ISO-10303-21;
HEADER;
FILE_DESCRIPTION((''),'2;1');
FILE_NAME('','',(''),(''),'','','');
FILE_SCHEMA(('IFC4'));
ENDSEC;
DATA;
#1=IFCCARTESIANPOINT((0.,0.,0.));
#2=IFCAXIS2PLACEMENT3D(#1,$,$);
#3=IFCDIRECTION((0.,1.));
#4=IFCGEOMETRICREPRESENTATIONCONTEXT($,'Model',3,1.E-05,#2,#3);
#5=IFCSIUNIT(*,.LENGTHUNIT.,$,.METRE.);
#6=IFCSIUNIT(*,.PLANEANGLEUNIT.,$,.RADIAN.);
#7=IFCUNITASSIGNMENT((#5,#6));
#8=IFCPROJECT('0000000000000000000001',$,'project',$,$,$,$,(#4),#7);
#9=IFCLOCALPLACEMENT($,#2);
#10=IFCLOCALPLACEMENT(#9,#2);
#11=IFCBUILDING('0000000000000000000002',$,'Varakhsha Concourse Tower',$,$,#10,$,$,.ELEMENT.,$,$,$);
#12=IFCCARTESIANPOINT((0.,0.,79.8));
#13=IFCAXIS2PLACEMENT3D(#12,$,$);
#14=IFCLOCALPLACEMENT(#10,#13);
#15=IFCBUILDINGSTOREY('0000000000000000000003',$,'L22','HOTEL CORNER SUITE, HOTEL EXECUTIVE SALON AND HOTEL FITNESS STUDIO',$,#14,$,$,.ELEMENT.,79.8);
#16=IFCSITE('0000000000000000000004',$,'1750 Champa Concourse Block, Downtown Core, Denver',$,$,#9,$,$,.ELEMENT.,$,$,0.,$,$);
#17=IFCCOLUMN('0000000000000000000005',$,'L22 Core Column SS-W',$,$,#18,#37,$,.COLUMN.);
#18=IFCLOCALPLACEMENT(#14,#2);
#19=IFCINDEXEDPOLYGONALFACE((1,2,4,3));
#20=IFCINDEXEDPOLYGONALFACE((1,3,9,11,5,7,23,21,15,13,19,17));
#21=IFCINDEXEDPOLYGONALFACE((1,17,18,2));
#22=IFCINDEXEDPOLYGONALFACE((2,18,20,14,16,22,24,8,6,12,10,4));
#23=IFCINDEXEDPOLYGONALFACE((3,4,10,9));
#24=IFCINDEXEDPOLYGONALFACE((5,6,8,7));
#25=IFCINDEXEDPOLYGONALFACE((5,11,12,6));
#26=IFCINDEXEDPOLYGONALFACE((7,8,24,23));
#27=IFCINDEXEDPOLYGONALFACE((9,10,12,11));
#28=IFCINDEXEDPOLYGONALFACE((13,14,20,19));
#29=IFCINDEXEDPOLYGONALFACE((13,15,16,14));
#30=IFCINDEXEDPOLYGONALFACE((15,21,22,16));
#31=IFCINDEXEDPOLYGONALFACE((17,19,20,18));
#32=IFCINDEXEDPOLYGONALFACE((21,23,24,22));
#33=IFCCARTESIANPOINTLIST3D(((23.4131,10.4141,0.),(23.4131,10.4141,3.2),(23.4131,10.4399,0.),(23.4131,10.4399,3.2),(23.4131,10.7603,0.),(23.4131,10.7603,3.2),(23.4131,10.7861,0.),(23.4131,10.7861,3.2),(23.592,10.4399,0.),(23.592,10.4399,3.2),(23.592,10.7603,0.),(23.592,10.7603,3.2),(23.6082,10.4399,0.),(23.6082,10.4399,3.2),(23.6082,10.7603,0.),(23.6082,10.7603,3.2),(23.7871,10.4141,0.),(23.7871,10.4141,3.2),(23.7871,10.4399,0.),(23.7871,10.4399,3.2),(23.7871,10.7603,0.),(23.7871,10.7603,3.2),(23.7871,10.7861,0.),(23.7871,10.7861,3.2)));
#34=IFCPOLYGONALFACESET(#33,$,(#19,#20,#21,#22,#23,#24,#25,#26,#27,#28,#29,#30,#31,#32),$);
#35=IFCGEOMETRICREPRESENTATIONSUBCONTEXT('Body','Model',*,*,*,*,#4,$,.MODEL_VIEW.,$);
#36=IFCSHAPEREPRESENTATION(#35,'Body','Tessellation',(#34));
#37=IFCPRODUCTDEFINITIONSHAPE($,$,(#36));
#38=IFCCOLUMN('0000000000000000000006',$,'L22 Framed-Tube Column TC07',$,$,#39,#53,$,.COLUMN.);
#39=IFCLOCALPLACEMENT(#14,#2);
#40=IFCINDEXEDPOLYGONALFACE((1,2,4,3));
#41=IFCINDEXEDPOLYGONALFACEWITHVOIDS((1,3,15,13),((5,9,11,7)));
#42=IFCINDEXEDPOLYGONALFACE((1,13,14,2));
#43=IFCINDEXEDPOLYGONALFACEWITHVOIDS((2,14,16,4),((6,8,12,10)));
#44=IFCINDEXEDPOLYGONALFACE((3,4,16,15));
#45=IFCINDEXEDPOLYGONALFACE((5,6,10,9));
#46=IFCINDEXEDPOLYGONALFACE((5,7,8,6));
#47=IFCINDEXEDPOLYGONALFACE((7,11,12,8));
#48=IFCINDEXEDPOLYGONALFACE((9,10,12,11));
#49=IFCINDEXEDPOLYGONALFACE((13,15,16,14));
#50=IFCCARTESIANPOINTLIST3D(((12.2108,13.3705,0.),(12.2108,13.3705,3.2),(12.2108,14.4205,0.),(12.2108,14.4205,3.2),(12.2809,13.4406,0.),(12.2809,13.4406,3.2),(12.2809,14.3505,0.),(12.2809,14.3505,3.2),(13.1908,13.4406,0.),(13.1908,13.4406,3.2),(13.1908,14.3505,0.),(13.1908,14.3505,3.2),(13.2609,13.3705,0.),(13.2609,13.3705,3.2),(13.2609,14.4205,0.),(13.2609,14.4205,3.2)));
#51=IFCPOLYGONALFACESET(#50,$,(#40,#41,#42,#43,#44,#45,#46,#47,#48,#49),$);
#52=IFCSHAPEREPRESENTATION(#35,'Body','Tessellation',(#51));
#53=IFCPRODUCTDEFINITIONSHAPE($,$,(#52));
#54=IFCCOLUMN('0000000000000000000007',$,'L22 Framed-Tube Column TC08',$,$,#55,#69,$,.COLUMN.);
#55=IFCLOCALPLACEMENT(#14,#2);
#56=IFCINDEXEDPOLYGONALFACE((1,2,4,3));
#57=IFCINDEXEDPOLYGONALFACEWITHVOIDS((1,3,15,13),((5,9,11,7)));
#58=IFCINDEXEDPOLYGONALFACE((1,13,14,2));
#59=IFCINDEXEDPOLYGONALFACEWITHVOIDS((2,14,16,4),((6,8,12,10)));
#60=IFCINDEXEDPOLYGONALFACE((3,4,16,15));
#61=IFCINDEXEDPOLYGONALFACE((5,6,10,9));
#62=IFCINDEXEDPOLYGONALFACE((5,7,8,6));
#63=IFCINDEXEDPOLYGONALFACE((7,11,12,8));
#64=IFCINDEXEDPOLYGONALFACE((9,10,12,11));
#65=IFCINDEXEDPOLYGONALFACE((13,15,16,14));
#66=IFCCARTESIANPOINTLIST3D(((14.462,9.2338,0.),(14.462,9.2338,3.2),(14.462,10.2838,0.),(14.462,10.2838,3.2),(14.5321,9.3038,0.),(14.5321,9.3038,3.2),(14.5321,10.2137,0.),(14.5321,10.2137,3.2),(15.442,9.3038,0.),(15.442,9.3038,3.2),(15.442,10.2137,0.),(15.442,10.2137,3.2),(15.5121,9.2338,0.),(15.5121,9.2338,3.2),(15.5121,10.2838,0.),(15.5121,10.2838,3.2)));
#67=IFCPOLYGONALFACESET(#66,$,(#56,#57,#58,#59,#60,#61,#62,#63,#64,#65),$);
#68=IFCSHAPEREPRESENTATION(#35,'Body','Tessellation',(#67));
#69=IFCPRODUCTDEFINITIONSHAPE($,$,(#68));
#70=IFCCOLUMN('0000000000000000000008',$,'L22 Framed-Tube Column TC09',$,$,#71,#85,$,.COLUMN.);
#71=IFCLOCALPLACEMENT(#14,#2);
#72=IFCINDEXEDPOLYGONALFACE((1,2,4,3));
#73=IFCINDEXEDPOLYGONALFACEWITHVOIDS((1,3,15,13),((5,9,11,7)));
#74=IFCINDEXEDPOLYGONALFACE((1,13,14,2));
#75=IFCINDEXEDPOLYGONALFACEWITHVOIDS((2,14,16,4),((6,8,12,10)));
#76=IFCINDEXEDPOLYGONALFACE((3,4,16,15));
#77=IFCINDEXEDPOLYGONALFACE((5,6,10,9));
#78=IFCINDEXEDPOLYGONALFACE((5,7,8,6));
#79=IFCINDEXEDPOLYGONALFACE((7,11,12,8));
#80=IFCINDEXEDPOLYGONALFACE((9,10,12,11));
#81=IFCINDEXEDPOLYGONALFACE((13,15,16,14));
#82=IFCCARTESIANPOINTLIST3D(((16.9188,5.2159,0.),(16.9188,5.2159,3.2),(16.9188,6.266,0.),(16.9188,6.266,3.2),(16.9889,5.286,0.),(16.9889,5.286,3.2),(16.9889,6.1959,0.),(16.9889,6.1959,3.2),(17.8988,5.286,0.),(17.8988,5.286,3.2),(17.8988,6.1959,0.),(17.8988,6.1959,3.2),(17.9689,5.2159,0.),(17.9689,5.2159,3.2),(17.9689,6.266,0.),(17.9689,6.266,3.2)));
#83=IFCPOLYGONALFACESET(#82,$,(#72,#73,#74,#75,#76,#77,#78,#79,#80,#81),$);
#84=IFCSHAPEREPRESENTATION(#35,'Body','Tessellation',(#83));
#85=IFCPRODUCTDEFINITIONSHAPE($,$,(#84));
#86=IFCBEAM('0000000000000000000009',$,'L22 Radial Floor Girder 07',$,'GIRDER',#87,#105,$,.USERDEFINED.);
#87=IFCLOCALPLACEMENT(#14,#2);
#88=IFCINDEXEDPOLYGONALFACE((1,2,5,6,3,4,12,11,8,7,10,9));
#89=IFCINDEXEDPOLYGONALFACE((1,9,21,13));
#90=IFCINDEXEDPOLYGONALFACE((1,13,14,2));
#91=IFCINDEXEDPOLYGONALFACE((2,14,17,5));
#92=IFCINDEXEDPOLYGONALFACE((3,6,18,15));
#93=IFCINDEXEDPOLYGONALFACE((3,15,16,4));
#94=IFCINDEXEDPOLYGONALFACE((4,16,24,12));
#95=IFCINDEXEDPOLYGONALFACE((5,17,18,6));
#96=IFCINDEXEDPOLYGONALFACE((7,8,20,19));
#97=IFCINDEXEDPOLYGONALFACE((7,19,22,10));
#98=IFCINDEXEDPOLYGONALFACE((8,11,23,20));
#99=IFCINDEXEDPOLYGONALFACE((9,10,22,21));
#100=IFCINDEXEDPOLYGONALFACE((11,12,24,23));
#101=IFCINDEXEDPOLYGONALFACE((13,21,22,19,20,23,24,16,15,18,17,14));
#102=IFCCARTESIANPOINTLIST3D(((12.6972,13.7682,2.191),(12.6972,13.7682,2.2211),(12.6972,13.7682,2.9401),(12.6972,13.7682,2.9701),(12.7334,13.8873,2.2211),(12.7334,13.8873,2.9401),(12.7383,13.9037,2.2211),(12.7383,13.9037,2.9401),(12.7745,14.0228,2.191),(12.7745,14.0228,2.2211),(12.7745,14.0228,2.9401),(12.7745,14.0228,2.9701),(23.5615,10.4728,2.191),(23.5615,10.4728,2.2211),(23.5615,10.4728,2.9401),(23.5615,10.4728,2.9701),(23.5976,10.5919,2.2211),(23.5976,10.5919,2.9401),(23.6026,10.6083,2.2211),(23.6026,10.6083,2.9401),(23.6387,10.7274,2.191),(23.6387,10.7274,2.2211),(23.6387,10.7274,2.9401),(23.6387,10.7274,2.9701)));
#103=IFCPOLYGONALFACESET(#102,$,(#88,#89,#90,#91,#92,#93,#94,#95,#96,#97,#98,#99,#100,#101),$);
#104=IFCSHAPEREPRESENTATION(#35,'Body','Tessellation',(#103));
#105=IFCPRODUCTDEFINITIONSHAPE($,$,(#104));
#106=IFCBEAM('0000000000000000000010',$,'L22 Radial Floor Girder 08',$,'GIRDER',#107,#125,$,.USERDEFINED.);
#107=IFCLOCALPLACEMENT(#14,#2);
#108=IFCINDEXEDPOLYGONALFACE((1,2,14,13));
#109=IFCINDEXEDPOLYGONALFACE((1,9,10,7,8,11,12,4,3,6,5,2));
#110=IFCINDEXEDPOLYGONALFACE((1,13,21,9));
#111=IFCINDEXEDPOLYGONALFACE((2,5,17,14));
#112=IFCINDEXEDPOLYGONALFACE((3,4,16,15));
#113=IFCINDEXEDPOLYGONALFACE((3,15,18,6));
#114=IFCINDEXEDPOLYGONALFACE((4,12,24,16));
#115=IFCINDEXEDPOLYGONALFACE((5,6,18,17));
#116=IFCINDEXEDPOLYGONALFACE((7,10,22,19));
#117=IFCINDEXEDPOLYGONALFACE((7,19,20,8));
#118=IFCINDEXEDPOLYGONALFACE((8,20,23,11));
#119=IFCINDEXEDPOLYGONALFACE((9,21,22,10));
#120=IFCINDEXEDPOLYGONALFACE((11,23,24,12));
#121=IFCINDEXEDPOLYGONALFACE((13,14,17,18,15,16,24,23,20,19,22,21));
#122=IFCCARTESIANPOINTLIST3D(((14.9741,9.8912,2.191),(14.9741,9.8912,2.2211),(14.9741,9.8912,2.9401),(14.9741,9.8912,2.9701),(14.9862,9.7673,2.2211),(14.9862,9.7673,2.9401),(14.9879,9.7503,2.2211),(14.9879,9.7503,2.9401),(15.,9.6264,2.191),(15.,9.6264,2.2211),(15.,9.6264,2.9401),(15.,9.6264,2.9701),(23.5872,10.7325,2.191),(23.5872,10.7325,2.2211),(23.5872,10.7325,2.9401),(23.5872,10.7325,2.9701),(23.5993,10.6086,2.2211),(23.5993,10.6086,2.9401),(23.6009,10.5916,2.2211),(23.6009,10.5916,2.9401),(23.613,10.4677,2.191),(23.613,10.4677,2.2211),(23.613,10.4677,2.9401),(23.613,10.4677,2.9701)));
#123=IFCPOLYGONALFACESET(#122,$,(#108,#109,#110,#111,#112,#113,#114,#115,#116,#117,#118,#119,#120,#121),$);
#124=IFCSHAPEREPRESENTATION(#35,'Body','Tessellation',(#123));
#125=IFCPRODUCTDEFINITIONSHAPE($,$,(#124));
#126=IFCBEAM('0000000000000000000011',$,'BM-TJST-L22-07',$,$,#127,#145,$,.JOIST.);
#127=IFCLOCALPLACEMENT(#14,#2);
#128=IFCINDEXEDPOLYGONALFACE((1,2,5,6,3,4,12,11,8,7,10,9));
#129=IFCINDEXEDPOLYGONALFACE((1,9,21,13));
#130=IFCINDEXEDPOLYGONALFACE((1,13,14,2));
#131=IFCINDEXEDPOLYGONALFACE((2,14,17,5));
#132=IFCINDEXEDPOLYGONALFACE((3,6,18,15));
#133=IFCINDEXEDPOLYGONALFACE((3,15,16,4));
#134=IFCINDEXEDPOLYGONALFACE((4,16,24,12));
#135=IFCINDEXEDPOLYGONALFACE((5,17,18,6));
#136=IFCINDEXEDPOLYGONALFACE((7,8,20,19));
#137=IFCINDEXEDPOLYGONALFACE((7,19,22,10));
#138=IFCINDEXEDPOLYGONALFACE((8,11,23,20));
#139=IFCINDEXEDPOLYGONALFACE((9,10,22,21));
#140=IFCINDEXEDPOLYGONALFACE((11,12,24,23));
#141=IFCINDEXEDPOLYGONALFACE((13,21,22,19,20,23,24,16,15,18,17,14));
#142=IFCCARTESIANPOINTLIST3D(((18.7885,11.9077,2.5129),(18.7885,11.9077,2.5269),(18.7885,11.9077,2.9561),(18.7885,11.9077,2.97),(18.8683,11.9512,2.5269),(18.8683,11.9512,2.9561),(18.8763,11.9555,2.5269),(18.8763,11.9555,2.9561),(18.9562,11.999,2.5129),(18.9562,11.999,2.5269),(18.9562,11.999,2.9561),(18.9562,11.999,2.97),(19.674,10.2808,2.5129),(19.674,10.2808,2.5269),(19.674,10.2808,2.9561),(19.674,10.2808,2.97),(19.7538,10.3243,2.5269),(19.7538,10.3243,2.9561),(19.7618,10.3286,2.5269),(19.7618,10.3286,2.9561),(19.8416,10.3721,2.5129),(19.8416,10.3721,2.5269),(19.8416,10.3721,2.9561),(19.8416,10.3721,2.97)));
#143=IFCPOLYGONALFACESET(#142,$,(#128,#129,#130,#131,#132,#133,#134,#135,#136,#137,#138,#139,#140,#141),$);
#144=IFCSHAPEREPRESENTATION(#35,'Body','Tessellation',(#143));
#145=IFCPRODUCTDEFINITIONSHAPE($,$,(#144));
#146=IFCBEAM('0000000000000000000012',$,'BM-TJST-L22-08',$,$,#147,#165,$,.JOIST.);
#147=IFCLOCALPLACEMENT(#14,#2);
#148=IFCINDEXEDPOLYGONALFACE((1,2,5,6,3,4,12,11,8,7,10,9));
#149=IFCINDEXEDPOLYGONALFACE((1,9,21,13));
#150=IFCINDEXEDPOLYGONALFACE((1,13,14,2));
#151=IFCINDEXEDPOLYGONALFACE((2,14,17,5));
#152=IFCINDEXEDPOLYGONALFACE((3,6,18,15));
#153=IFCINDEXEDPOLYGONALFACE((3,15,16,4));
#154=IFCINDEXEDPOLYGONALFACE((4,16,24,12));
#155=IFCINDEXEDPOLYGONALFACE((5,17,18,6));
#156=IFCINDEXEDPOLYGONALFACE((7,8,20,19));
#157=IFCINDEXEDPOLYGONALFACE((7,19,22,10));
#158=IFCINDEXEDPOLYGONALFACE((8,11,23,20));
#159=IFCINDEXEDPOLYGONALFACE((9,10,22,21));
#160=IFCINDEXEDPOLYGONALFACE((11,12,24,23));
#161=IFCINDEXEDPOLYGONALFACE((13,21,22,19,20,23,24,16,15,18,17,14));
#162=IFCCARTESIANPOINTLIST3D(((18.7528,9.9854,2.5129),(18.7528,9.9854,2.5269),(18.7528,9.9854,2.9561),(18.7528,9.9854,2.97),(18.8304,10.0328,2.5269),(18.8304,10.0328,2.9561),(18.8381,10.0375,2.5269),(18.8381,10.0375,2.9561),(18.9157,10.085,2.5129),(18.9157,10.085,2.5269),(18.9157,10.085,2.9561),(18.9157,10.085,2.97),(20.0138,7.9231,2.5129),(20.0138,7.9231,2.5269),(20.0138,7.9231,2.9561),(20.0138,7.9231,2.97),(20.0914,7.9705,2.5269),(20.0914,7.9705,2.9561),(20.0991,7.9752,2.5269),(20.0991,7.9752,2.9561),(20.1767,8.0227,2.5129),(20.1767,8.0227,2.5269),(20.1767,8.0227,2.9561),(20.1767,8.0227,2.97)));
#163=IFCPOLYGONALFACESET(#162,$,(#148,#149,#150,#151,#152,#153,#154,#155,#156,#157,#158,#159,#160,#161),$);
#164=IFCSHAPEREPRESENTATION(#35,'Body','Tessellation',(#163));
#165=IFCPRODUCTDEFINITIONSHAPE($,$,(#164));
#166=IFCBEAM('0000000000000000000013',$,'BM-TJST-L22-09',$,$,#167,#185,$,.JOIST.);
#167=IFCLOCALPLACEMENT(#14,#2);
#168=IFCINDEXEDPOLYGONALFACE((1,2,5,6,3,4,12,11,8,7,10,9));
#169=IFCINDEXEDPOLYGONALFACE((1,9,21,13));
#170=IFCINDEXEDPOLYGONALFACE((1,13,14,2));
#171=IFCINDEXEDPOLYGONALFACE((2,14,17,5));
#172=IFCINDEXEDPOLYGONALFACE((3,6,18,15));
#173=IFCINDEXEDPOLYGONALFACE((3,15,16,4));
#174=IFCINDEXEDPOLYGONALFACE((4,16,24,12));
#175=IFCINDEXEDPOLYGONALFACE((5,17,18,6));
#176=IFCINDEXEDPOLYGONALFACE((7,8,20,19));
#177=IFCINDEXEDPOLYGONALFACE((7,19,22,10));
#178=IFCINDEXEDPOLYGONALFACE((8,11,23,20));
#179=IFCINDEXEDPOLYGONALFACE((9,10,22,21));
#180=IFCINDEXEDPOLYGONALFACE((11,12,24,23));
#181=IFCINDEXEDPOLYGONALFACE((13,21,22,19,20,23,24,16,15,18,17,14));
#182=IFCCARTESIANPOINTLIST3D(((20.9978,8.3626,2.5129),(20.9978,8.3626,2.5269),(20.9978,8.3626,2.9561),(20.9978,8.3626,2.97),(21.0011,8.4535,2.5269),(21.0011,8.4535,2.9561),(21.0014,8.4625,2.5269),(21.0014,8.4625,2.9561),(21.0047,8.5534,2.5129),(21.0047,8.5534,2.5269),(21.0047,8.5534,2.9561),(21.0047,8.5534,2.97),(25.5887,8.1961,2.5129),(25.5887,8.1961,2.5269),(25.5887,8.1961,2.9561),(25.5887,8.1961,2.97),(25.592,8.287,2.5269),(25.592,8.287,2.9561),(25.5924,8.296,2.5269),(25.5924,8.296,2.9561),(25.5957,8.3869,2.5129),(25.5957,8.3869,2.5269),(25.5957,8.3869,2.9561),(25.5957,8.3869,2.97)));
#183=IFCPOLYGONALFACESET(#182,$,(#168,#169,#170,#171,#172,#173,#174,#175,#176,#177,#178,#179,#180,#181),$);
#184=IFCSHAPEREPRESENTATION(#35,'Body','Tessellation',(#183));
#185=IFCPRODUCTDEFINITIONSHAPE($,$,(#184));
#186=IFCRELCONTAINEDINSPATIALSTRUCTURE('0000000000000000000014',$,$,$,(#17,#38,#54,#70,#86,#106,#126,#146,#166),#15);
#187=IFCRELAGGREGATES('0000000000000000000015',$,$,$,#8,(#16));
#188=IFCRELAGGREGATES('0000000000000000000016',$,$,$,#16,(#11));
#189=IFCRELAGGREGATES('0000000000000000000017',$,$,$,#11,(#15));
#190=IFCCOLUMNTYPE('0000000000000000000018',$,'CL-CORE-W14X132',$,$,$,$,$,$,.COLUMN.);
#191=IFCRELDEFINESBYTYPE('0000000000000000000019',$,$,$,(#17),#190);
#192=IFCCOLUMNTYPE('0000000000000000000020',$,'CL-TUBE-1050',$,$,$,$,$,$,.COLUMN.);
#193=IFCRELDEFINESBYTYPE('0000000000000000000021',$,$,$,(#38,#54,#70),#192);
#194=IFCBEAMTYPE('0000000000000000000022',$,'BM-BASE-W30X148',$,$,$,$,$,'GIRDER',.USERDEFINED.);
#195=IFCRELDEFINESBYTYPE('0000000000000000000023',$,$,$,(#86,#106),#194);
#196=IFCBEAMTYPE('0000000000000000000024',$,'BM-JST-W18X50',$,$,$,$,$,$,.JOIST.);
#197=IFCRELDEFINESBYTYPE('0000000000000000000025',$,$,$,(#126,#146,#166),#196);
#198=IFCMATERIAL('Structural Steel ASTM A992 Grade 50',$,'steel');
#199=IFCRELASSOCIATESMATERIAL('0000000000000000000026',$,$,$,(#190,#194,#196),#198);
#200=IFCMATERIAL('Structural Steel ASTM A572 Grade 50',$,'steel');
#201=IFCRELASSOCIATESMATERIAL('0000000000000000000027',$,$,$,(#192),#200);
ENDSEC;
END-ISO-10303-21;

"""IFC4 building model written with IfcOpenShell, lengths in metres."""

from ifc_helpers import new_model, si_unit, direction, frame, origin, origin_2d, place, context, subcontext, project, spatial, hollow_rectangle, i_section, extrude, material, material_profile, profile_set, type_object, element, save


model = new_model("IFC4")

# Units and contexts
model_context = context("Model", 3, precision=1e-05, world=origin(), true_north=direction((0.0, 1.0)))
body_context = subcontext(model_context, "Body", "Model", "MODEL_VIEW")
ifc_project = project(units=[si_unit("LENGTHUNIT", "METRE"), si_unit("PLANEANGLEUNIT", "RADIAN")], contexts=[model_context])

# Site, building, storey
site_placement = place(None, origin())
site = spatial("IfcSite", under=ifc_project, at=site_placement, Name="1750 Champa Concourse Block, Downtown Core, Denver", CompositionType="ELEMENT", RefElevation=0.0)
building_placement = place(site_placement, origin())
building = spatial("IfcBuilding", under=site, at=building_placement, Name="Varakhsha Concourse Tower", CompositionType="ELEMENT")
storey_placement = place(building_placement, frame((0.0, 0.0, 79.8)))
storey = spatial("IfcBuildingStorey", under=building, at=storey_placement, Name="L22", Description="HOTEL CORNER SUITE, HOTEL EXECUTIVE SALON AND HOTEL FITNESS STUDIO", CompositionType="ELEMENT", Elevation=79.8)

# Columns
ifc_material_1 = material(Name="Structural Steel ASTM A992 Grade 50", Category="steel")
ifc_material_profile_1 = material_profile(ifc_material_1, i_section(OverallWidth=0.374, OverallDepth=0.3721, WebThickness=0.0161, FlangeThickness=0.0259, at=origin_2d()), Name="W14X132")
ifc_profile_set_1 = profile_set([ifc_material_profile_1], Name="Structural Steel ASTM A992 Grade 50")
column_type_1 = type_object("IfcColumnType", Name="CL-CORE-W14X132", PredefinedType="COLUMN", material=ifc_profile_set_1)
column_placement = place(storey_placement, frame((23.6001, 10.6001, 0.0), z_axis=(0.0, 0.0, 1.0), x_axis=(1.0, 0.0, 0.0)))
element("IfcColumn", 1, at=column_placement, inside=storey, type_object=column_type_1, Name="L22 Core Column SS-W", PredefinedType="COLUMN", context=body_context, shape_type="SweptSolid", body=[
    extrude(i_section(OverallWidth=0.374, OverallDepth=0.3721, WebThickness=0.0161, FlangeThickness=0.0259, at=origin_2d()), origin(), (0.0, 0.0, 1.0), 3.2),
])
ifc_material_2 = material(Name="Structural Steel ASTM A572 Grade 50", Category="steel")
ifc_material_profile_2 = material_profile(ifc_material_2, hollow_rectangle(XDim=1.05, YDim=1.05, WallThickness=0.0701, at=origin_2d()), Name="BOX 1050x1050x70")
ifc_profile_set_2 = profile_set([ifc_material_profile_2], Name="Structural Steel ASTM A572 Grade 50")
column_type_2 = type_object("IfcColumnType", Name="CL-TUBE-1050", PredefinedType="COLUMN", material=ifc_profile_set_2)
for number, where, z_axis, x_axis, name in (
    (2, (12.7358, 13.8955, 0.0), (0.0, 0.0, 1.0), (1.0, 0.0, 0.0), "L22 Framed-Tube Column TC07"),
    (3, (14.9871, 9.7588, 0.0), (0.0, 0.0, 1.0), (1.0, 0.0, 0.0), "L22 Framed-Tube Column TC08"),
    (4, (17.4438, 5.741, 0.0), (0.0, 0.0, 1.0), (1.0, 0.0, 0.0), "L22 Framed-Tube Column TC09"),
):
    element("IfcColumn", number, at=place(storey_placement, frame(where, z_axis=z_axis, x_axis=x_axis)), inside=storey, type_object=column_type_2, Name=name, PredefinedType="COLUMN", context=body_context, shape_type="SweptSolid", body=[
        extrude(hollow_rectangle(XDim=1.05, YDim=1.05, WallThickness=0.0701, at=origin_2d()), origin(), (0.0, 0.0, 1.0), 3.2),
    ])

# Beams
ifc_material_profile_3 = material_profile(ifc_material_1, i_section(OverallWidth=0.2661, OverallDepth=0.7791, WebThickness=0.0171, FlangeThickness=0.03, at=origin_2d()), Name="W30X148")
ifc_profile_set_3 = profile_set([ifc_material_profile_3], Name="Structural Steel ASTM A992 Grade 50")
beam_type_1 = type_object("IfcBeamType", Name="BM-BASE-W30X148", ElementType="GIRDER", PredefinedType="USERDEFINED", material=ifc_profile_set_3)
beam_1_placement = place(storey_placement, frame((23.6001, 10.6001, 2.5806), z_axis=(-0.956946, 0.290266, 0.0), x_axis=(-0.290266, -0.956946, 0.0)))
element("IfcBeam", 5, at=beam_1_placement, inside=storey, type_object=beam_type_1, Name="L22 Radial Floor Girder 07", ObjectType="GIRDER", PredefinedType="USERDEFINED", context=body_context, shape_type="SweptSolid", body=[
    extrude(i_section(OverallWidth=0.2661, OverallDepth=0.7791, WebThickness=0.0171, FlangeThickness=0.03, at=origin_2d()), origin(), (0.0, 0.0, 1.0), 11.353),
])
beam_2_placement = place(storey_placement, frame((23.6001, 10.6001, 2.5806), z_axis=(-0.995263, -0.097216, 0.0), x_axis=(0.097216, -0.995263, 0.0)))
element("IfcBeam", 6, at=beam_2_placement, inside=storey, type_object=beam_type_1, Name="L22 Radial Floor Girder 08", ObjectType="GIRDER", PredefinedType="USERDEFINED", context=body_context, shape_type="SweptSolid", body=[
    extrude(i_section(OverallWidth=0.2661, OverallDepth=0.7791, WebThickness=0.0171, FlangeThickness=0.03, at=origin_2d()), origin(), (0.0, 0.0, 1.0), 8.6541),
])
ifc_material_profile_4 = material_profile(ifc_material_1, i_section(OverallWidth=0.1909, OverallDepth=0.457, WebThickness=0.009, FlangeThickness=0.0139, at=origin_2d()), Name="W18X50")
ifc_profile_set_4 = profile_set([ifc_material_profile_4], Name="Structural Steel ASTM A992 Grade 50")
beam_type_2 = type_object("IfcBeamType", Name="BM-JST-W18X50", PredefinedType="JOIST", material=ifc_profile_set_4)
beam_3_placement = place(storey_placement, frame((18.8723, 11.9534, 2.7415), z_axis=(0.478049, -0.878333, 0.0), x_axis=(0.878333, 0.478049, 0.0)))
element("IfcBeam", 7, at=beam_3_placement, inside=storey, type_object=beam_type_2, Name="BM-TJST-L22-07", PredefinedType="JOIST", context=body_context, shape_type="SweptSolid", body=[
    extrude(i_section(OverallWidth=0.1909, OverallDepth=0.457, WebThickness=0.009, FlangeThickness=0.0139, at=origin_2d()), origin(), (0.0, 0.0, 1.0), 1.8523),
])
beam_4_placement = place(storey_placement, frame((18.8342, 10.0352, 2.7415), z_axis=(0.521667, -0.853149, 0.0), x_axis=(0.853149, 0.521667, 0.0)))
element("IfcBeam", 8, at=beam_4_placement, inside=storey, type_object=beam_type_2, Name="BM-TJST-L22-08", PredefinedType="JOIST", context=body_context, shape_type="SweptSolid", body=[
    extrude(i_section(OverallWidth=0.1909, OverallDepth=0.457, WebThickness=0.009, FlangeThickness=0.0139, at=origin_2d()), origin(), (0.0, 0.0, 1.0), 2.4172),
])
beam_5_placement = place(storey_placement, frame((21.0012, 8.458, 2.7415), z_axis=(0.999343, -0.036243, 0.0), x_axis=(0.036243, 0.999343, 0.0)))
element("IfcBeam", 9, at=beam_5_placement, inside=storey, type_object=beam_type_2, Name="BM-TJST-L22-09", PredefinedType="JOIST", context=body_context, shape_type="SweptSolid", body=[
    extrude(i_section(OverallWidth=0.1909, OverallDepth=0.457, WebThickness=0.009, FlangeThickness=0.0139, at=origin_2d()), origin(), (0.0, 0.0, 1.0), 4.594),
])

save(model, "model.ifc")
